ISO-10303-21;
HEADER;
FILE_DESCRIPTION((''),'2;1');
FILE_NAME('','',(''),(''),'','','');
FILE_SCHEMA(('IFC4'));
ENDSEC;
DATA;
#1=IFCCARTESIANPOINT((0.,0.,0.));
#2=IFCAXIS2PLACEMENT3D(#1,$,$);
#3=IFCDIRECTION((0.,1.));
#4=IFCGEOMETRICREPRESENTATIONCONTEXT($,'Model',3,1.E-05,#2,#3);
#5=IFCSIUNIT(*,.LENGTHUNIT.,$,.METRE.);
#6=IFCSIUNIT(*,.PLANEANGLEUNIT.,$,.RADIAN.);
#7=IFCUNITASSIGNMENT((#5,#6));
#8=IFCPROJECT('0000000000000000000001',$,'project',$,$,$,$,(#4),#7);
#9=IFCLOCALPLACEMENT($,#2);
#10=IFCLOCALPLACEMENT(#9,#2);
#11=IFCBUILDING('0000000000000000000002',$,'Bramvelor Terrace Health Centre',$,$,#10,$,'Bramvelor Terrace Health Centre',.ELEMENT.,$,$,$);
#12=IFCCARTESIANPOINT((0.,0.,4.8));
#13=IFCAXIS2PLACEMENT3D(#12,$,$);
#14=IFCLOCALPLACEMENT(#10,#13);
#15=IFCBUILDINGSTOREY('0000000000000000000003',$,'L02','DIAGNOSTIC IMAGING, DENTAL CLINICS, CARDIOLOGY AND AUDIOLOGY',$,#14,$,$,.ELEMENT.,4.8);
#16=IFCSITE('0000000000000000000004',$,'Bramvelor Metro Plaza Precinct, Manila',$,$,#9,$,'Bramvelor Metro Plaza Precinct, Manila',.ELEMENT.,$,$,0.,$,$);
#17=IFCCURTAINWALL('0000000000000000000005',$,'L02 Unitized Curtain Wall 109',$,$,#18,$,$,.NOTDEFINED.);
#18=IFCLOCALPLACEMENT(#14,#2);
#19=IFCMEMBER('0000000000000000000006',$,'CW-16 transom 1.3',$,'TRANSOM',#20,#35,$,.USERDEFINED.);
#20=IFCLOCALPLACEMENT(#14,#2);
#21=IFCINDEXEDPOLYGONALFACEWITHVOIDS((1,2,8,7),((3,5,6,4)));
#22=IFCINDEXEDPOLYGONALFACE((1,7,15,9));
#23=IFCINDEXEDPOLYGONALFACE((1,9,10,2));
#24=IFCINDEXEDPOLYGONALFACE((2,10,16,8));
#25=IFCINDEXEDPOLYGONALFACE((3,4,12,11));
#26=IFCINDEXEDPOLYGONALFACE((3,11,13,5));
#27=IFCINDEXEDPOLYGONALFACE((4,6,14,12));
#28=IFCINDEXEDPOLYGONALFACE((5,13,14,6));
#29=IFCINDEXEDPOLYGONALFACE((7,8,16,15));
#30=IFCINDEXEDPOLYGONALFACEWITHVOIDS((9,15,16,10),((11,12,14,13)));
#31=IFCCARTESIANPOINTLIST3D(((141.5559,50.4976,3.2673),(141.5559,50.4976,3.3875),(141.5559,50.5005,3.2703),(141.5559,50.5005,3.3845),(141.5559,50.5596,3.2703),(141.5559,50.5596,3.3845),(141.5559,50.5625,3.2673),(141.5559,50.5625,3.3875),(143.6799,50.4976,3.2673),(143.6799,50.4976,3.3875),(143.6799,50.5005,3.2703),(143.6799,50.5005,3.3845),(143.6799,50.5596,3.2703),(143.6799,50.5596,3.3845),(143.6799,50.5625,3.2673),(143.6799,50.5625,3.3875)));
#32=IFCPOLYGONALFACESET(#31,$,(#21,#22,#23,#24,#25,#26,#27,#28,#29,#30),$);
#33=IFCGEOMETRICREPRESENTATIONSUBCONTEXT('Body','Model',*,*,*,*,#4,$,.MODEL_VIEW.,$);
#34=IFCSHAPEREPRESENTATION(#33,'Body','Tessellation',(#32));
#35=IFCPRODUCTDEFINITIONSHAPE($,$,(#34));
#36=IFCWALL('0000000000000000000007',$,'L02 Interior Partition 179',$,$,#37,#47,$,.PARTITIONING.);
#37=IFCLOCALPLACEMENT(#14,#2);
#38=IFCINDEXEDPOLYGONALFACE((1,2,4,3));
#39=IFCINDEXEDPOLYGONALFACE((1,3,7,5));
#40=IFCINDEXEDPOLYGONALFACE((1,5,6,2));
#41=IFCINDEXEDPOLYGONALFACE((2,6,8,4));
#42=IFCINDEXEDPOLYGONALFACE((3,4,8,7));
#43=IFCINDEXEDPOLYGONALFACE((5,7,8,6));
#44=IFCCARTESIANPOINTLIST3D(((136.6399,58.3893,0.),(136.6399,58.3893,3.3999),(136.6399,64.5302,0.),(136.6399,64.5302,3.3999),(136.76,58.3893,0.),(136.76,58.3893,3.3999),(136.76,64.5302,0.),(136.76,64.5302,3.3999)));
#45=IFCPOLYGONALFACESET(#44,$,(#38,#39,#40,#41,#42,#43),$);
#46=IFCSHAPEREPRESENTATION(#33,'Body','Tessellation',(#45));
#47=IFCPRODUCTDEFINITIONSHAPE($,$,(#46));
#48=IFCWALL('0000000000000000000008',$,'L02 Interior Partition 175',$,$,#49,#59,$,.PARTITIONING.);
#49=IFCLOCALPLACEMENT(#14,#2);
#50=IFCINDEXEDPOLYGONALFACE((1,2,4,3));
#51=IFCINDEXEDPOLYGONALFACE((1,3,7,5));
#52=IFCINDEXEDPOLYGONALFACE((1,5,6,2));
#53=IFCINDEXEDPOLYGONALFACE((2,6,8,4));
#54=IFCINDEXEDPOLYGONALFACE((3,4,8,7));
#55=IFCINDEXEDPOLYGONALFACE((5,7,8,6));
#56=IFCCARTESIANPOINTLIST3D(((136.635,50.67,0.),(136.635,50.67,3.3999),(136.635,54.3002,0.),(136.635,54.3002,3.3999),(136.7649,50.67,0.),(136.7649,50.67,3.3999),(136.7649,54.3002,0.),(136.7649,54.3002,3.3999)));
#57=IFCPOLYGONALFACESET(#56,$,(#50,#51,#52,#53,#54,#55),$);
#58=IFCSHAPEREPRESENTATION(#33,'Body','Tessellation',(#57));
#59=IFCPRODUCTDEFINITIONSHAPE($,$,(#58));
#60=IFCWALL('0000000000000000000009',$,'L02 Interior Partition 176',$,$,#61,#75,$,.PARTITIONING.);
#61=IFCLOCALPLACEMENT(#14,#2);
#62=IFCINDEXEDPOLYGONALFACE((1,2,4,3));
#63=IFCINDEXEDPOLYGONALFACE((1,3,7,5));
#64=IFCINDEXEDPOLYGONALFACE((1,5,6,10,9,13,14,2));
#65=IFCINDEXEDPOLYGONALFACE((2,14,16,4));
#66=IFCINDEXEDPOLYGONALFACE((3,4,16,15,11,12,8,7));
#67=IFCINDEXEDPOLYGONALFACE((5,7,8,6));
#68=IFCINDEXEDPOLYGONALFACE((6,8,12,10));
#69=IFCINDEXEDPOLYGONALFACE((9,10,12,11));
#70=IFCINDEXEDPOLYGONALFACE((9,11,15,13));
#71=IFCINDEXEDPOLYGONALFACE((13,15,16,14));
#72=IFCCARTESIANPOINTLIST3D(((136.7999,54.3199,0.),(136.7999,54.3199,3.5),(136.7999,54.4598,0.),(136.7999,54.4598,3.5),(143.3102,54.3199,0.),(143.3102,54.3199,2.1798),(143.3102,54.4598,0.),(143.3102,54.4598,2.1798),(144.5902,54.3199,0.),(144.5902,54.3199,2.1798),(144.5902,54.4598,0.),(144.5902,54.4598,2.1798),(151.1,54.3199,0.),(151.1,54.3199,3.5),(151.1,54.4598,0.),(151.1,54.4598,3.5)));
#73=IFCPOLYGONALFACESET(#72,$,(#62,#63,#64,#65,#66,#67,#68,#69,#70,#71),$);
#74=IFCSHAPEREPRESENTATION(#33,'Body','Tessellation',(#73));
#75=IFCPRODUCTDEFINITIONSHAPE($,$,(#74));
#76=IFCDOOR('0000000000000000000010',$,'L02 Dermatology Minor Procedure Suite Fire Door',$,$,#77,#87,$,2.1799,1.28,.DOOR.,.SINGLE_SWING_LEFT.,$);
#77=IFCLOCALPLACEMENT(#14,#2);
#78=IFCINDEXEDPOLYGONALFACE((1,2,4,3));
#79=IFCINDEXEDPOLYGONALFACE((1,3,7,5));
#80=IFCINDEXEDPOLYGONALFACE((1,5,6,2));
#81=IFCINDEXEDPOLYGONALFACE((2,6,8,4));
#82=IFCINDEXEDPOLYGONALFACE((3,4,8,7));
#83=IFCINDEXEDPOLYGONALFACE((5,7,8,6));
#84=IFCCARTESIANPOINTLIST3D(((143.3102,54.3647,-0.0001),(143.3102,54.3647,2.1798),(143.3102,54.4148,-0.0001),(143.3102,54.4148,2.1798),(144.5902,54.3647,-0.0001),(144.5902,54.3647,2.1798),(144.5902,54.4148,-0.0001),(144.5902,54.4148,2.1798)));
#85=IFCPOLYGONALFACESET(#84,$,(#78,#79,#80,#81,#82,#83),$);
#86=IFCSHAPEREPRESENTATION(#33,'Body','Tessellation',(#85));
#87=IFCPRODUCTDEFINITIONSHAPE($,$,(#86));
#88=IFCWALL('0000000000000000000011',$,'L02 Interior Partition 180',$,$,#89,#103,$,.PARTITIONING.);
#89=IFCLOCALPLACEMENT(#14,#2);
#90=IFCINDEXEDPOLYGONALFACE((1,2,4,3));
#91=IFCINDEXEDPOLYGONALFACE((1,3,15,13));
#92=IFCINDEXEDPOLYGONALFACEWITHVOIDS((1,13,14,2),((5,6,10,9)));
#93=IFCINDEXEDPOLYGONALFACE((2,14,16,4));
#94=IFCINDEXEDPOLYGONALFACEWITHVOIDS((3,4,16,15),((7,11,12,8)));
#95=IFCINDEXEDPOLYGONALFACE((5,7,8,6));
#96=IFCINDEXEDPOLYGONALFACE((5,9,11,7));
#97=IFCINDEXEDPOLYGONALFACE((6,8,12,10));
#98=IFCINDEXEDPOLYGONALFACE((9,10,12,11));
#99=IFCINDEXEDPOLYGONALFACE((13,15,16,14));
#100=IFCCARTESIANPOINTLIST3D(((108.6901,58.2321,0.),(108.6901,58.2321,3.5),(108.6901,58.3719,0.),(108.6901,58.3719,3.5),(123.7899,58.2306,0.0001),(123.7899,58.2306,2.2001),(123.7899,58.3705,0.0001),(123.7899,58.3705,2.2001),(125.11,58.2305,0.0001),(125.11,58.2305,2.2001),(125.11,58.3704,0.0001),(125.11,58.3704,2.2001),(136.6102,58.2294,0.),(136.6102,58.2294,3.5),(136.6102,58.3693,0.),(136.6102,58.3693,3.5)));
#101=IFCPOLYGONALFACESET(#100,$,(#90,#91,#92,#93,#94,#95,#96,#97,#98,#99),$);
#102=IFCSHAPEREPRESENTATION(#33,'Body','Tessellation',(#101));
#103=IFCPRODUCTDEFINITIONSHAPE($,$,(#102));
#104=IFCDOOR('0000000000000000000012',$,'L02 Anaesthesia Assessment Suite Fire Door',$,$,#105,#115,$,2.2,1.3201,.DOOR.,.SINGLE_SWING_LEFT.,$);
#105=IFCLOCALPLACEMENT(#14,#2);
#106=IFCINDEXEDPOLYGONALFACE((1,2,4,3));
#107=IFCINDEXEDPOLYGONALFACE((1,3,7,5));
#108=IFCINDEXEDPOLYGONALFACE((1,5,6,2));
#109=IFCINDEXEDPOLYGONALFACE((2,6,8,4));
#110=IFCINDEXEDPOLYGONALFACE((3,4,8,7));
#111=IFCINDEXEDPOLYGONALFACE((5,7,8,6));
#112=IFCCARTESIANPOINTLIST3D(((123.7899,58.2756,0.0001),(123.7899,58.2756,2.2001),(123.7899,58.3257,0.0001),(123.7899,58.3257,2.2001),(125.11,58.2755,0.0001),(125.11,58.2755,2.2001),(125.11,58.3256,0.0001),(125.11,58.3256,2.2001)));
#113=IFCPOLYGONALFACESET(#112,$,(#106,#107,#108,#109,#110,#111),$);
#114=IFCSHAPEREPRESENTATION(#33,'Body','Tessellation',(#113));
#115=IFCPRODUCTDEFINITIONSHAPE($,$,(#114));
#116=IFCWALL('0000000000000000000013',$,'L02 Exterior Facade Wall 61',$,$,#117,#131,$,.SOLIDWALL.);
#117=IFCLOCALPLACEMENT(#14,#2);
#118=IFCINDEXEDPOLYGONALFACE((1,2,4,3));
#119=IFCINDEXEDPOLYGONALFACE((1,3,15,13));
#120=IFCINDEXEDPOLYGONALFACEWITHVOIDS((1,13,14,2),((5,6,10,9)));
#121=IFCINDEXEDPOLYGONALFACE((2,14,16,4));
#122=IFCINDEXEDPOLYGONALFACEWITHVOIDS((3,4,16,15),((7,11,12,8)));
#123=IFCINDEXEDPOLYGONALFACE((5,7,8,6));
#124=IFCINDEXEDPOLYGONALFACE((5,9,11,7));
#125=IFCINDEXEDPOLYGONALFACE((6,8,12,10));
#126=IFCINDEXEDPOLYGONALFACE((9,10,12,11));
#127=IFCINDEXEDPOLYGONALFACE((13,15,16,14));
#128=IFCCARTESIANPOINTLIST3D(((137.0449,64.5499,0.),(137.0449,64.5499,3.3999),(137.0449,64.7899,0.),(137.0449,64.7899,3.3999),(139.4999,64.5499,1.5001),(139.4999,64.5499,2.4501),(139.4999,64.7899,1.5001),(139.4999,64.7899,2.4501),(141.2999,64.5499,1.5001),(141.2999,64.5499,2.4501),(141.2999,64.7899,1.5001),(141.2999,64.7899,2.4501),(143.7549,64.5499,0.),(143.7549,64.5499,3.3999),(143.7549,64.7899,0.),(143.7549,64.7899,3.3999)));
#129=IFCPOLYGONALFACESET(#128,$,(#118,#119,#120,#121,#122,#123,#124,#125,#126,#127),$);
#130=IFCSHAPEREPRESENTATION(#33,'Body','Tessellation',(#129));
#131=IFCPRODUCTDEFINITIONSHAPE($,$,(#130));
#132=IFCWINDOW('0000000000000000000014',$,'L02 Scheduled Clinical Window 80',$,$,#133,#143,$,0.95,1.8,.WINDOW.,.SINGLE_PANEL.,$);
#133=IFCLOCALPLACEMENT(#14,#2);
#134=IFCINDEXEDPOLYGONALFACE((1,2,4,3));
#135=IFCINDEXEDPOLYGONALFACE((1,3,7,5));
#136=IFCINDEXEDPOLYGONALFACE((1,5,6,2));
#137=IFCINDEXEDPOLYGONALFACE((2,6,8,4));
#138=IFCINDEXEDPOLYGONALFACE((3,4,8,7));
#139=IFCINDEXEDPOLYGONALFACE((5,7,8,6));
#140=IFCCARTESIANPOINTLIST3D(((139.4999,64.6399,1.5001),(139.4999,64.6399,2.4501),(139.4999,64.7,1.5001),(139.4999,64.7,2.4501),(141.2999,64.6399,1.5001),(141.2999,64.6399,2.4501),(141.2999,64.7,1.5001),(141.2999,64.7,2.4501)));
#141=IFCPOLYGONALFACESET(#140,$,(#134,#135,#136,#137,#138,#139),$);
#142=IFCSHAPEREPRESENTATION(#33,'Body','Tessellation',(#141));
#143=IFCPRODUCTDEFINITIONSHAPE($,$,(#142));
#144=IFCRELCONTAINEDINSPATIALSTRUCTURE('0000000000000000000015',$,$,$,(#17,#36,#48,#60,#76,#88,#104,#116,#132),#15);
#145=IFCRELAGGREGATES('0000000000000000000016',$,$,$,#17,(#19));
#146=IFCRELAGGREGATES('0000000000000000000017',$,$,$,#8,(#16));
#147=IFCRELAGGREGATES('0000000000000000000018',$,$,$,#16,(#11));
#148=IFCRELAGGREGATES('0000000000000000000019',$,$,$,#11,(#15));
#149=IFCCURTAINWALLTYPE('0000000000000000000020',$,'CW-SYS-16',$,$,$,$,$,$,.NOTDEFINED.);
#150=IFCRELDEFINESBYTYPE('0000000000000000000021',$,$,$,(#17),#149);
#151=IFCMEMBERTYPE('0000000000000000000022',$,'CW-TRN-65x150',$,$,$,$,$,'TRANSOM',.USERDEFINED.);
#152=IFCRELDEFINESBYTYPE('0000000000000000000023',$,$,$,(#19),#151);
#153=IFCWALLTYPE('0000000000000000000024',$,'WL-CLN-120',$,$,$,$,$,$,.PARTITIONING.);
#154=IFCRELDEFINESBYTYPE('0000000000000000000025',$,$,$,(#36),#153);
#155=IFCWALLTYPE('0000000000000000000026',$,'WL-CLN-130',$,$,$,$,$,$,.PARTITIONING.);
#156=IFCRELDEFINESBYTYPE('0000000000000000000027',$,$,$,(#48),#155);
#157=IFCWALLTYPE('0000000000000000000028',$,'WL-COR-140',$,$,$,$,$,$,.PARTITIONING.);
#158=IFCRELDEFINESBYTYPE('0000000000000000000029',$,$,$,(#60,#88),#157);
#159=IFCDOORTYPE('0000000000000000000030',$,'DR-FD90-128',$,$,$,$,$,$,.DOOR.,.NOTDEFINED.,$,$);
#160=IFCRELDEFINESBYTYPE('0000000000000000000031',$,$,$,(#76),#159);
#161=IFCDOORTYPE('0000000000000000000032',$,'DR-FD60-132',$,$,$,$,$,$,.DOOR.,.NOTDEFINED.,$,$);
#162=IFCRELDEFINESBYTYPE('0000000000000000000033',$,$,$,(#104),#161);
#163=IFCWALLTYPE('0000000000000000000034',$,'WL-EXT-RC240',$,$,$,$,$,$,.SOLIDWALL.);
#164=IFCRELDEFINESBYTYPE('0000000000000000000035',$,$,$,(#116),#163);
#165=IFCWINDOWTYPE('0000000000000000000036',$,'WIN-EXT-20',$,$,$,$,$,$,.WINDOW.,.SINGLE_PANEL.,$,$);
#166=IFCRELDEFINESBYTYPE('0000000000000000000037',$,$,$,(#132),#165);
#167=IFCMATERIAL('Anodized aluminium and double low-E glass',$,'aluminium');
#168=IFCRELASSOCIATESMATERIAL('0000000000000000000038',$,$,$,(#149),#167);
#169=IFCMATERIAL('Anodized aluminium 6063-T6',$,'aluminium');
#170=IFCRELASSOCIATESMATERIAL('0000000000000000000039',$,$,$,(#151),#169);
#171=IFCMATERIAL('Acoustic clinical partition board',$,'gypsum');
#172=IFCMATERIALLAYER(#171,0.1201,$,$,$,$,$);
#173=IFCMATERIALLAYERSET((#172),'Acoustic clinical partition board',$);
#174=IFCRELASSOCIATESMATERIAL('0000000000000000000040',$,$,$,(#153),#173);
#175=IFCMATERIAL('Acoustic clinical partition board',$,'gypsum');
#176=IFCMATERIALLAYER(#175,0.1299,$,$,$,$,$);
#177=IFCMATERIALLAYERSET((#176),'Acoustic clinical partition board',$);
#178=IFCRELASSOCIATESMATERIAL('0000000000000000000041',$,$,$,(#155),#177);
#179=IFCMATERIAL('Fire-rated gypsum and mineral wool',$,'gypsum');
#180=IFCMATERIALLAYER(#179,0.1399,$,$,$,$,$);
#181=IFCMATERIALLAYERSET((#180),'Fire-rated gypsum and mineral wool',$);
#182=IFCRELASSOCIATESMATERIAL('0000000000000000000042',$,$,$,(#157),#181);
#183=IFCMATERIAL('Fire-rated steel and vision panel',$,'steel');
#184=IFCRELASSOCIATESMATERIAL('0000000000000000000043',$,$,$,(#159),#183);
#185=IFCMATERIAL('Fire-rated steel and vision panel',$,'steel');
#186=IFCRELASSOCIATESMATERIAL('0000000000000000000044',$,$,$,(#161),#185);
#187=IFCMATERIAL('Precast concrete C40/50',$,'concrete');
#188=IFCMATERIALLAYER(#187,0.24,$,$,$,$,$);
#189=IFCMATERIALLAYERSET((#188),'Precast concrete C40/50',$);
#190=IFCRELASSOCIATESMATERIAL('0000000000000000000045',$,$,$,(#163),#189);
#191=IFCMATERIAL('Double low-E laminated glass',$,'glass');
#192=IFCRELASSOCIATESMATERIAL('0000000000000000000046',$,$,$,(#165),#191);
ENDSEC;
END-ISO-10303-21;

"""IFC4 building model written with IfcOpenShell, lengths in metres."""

from ifc_helpers import new_model, si_unit, direction, frame, frame_2d, origin, origin_2d, place, context, subcontext, project, spatial, rectangle, hollow_rectangle, extrude, material, layer, layer_set, material_profile, profile_set, type_object, element, fill, aggregate, save


model = new_model("IFC4")

# Units and contexts
model_context = context("Model", 3, precision=1e-05, world=origin(), true_north=direction((0.0, 1.0)))
body_context = subcontext(model_context, "Body", "Model", "MODEL_VIEW")
ifc_project = project(units=[si_unit("LENGTHUNIT", "METRE"), si_unit("PLANEANGLEUNIT", "RADIAN")], contexts=[model_context])

# Site, building, storey
site_placement = place(None, origin())
site = spatial("IfcSite", under=ifc_project, at=site_placement, Name="Bramvelor Metro Plaza Precinct, Manila", LongName="Bramvelor Metro Plaza Precinct, Manila", CompositionType="ELEMENT", RefElevation=0.0)
building_placement = place(site_placement, origin())
building = spatial("IfcBuilding", under=site, at=building_placement, Name="Bramvelor Terrace Health Centre", LongName="Bramvelor Terrace Health Centre", CompositionType="ELEMENT")
storey_placement = place(building_placement, frame((0.0, 0.0, 4.8)))
storey = spatial("IfcBuildingStorey", under=building, at=storey_placement, Name="L02", Description="DIAGNOSTIC IMAGING, DENTAL CLINICS, CARDIOLOGY AND AUDIOLOGY", CompositionType="ELEMENT", Elevation=4.8)

# Curtain wall, member
ifc_material_1 = material(Name="Anodized aluminium and double low-E glass", Category="aluminium")
curtain_wall_type = type_object("IfcCurtainWallType", Name="CW-SYS-16", PredefinedType="NOTDEFINED", material=ifc_material_1)
curtain_wall_placement = place(storey_placement, origin())
curtain_wall = element("IfcCurtainWall", 1, at=curtain_wall_placement, inside=storey, type_object=curtain_wall_type, Name="L02 Unitized Curtain Wall 109", PredefinedType="NOTDEFINED")
ifc_material_2 = material(Name="Anodized aluminium 6063-T6", Category="aluminium")
ifc_material_profile_1 = material_profile(ifc_material_2, hollow_rectangle(XDim=0.0649, YDim=0.1201, WallThickness=0.0029, at=origin_2d()), Name="ALU-TRN 65x120x3.0")
ifc_profile_set_1 = profile_set([ifc_material_profile_1], Name="Anodized aluminium 6063-T6")
member_type_1 = type_object("IfcMemberType", Name="CW-TRN-65x150", ElementType="TRANSOM", PredefinedType="USERDEFINED", material=ifc_profile_set_1)
member_1_placement = place(storey_placement, frame((143.6799, 50.53, 3.3274), z_axis=(-1.0, 0.0, 0.0), x_axis=(0.0, -1.0, 0.0)))
member_1 = element("IfcMember", 2, at=member_1_placement, type_object=member_type_1, Name="CW-16 transom 1.3", ObjectType="TRANSOM", PredefinedType="USERDEFINED", context=body_context, shape_type="SweptSolid", body=[
    extrude(hollow_rectangle(XDim=0.0649, YDim=0.1201, WallThickness=0.0029, at=origin_2d()), origin(), (0.0, 0.0, 1.0), 2.124),
])
aggregate(curtain_wall, [member_1])

# Walls
ifc_material_3 = material(Name="Acoustic clinical partition board", Category="gypsum")
ifc_layer_1 = layer(ifc_material_3, 0.1201)
ifc_layer_set_1 = layer_set([ifc_layer_1], Name="Acoustic clinical partition board")
wall_type_1 = type_object("IfcWallType", Name="WL-CLN-120", PredefinedType="PARTITIONING", material=ifc_layer_set_1)
wall_1_placement = place(storey_placement, frame((136.7, 64.53, 0.0), z_axis=(0.0, 0.0, 1.0), x_axis=(0.0, -1.0, 0.0)))
element("IfcWall", 3, at=wall_1_placement, inside=storey, type_object=wall_type_1, Name="L02 Interior Partition 179", PredefinedType="PARTITIONING", context=body_context, shape_type="SweptSolid", body=[
    extrude(rectangle(XDim=6.1409, YDim=0.1201, at=frame_2d((3.0703, 0.0))), origin(), (0.0, 0.0, 1.0), 3.3999),
])
ifc_material_4 = material(Name="Acoustic clinical partition board", Category="gypsum")
ifc_layer_2 = layer(ifc_material_4, 0.1299)
ifc_layer_set_2 = layer_set([ifc_layer_2], Name="Acoustic clinical partition board")
wall_type_2 = type_object("IfcWallType", Name="WL-CLN-130", PredefinedType="PARTITIONING", material=ifc_layer_set_2)
wall_2_placement = place(storey_placement, frame((136.7, 54.3, 0.0), z_axis=(0.0, 0.0, 1.0), x_axis=(0.0, -1.0, 0.0)))
element("IfcWall", 4, at=wall_2_placement, inside=storey, type_object=wall_type_2, Name="L02 Interior Partition 175", PredefinedType="PARTITIONING", context=body_context, shape_type="SweptSolid", body=[
    extrude(rectangle(XDim=3.6301, YDim=0.1299, at=frame_2d((1.8149, 0.0))), origin(), (0.0, 0.0, 1.0), 3.3999),
])

# Walls, openings, doors
ifc_material_5 = material(Name="Fire-rated gypsum and mineral wool", Category="gypsum")
ifc_layer_3 = layer(ifc_material_5, 0.1399)
ifc_layer_set_3 = layer_set([ifc_layer_3], Name="Fire-rated gypsum and mineral wool")
wall_type_3 = type_object("IfcWallType", Name="WL-COR-140", PredefinedType="PARTITIONING", material=ifc_layer_set_3)
wall_3_placement = place(storey_placement, frame((136.8, 54.3899, 0.0), z_axis=(0.0, 0.0, 1.0), x_axis=(1.0, 0.0, 0.0)))
wall_3 = element("IfcWall", 5, at=wall_3_placement, inside=storey, type_object=wall_type_3, Name="L02 Interior Partition 176", PredefinedType="PARTITIONING", context=body_context, shape_type="SweptSolid", body=[
    extrude(rectangle(XDim=14.3, YDim=0.1399, at=frame_2d((7.1499, 0.0))), origin(), (0.0, 0.0, 1.0), 3.5),
])
opening_1_placement = place(wall_3_placement, frame((6.51, 0.0, 0.0)))
opening_1 = element("IfcOpeningElement", 6, at=opening_1_placement, cuts=wall_3, PredefinedType="OPENING", context=body_context, shape_type="SweptSolid", body=[
    extrude(rectangle(XDim=1.28, YDim=2.1799, at=frame_2d((0.6401, 1.0898))), frame((0.0, 0.0798, 0.0), z_axis=(0.0, -1.0, 0.0), x_axis=(1.0, 0.0, 0.0)), (0.0, 0.0, 1.0), 0.1599),
])
ifc_material_6 = material(Name="Fire-rated steel and vision panel", Category="steel")
door_type_1 = type_object("IfcDoorType", Name="DR-FD90-128", OperationType="NOTDEFINED", PredefinedType="DOOR", material=ifc_material_6)
door_1_placement = place(opening_1_placement, origin())
door_1 = element("IfcDoor", 7, at=door_1_placement, inside=storey, type_object=door_type_1, Name="L02 Dermatology Minor Procedure Suite Fire Door", OperationType="SINGLE_SWING_LEFT", OverallHeight=2.1799, OverallWidth=1.28, PredefinedType="DOOR", context=body_context, shape_type="SweptSolid", body=[
    extrude(rectangle(XDim=1.28, YDim=2.1799, at=frame_2d((0.6401, 1.0898))), frame((0.0, 0.0249, 0.0), z_axis=(0.0, -1.0, 0.0), x_axis=(1.0, 0.0, 0.0)), (0.0, 0.0, 1.0), 0.05),
])
fill(opening_1, door_1)
wall_4_placement = place(storey_placement, frame((136.6101, 58.2993, 0.0), z_axis=(0.0, 0.0, 1.0), x_axis=(-1.0, 0.000096, 0.0)))
wall_4 = element("IfcWall", 8, at=wall_4_placement, inside=storey, type_object=wall_type_3, Name="L02 Interior Partition 180", PredefinedType="PARTITIONING", context=body_context, shape_type="SweptSolid", body=[
    extrude(rectangle(XDim=27.9202, YDim=0.1399, at=frame_2d((13.96, 0.0))), origin(), (0.0, 0.0, 1.0), 3.5),
])
opening_2_placement = place(wall_4_placement, frame((11.5, 0.0, 0.0)))
opening_2 = element("IfcOpeningElement", 9, at=opening_2_placement, cuts=wall_4, PredefinedType="OPENING", context=body_context, shape_type="SweptSolid", body=[
    extrude(rectangle(XDim=1.3201, YDim=2.2, at=frame_2d((0.6602, 1.1001))), frame((0.0, 0.0798, 0.0), z_axis=(0.0, -1.0, 0.0), x_axis=(1.0, 0.0, 0.0)), (0.0, 0.0, 1.0), 0.1599),
])
ifc_material_7 = material(Name="Fire-rated steel and vision panel", Category="steel")
door_type_2 = type_object("IfcDoorType", Name="DR-FD60-132", OperationType="NOTDEFINED", PredefinedType="DOOR", material=ifc_material_7)
door_2_placement = place(opening_2_placement, origin())
door_2 = element("IfcDoor", 10, at=door_2_placement, inside=storey, type_object=door_type_2, Name="L02 Anaesthesia Assessment Suite Fire Door", OperationType="SINGLE_SWING_LEFT", OverallHeight=2.2, OverallWidth=1.3201, PredefinedType="DOOR", context=body_context, shape_type="SweptSolid", body=[
    extrude(rectangle(XDim=1.3201, YDim=2.2, at=frame_2d((0.6602, 1.1001))), frame((0.0, 0.0249, 0.0), z_axis=(0.0, -1.0, 0.0), x_axis=(1.0, 0.0, 0.0)), (0.0, 0.0, 1.0), 0.05),
])
fill(opening_2, door_2)

# Wall, opening, window
ifc_material_8 = material(Name="Precast concrete C40/50", Category="concrete")
ifc_layer_4 = layer(ifc_material_8, 0.24)
ifc_layer_set_4 = layer_set([ifc_layer_4], Name="Precast concrete C40/50")
wall_type_4 = type_object("IfcWallType", Name="WL-EXT-RC240", PredefinedType="SOLIDWALL", material=ifc_layer_set_4)
wall_5_placement = place(storey_placement, frame((137.0449, 64.6699, 0.0), z_axis=(0.0, 0.0, 1.0), x_axis=(1.0, 0.0, 0.0)))
wall_5 = element("IfcWall", 11, at=wall_5_placement, inside=storey, type_object=wall_type_4, Name="L02 Exterior Facade Wall 61", PredefinedType="SOLIDWALL", context=body_context, shape_type="SweptSolid", body=[
    extrude(rectangle(XDim=6.71, YDim=0.24, at=frame_2d((3.355, 0.0))), origin(), (0.0, 0.0, 1.0), 3.3999),
])
opening_3_placement = place(wall_5_placement, frame((2.4551, 0.0, 1.5)))
opening_3 = element("IfcOpeningElement", 12, at=opening_3_placement, cuts=wall_5, PredefinedType="OPENING", context=body_context, shape_type="SweptSolid", body=[
    extrude(rectangle(XDim=1.8, YDim=0.95, at=frame_2d((0.8999, 0.4751))), frame((0.0, 0.1299, 0.0), z_axis=(0.0, -1.0, 0.0), x_axis=(1.0, 0.0, 0.0)), (0.0, 0.0, 1.0), 0.26),
])
ifc_material_9 = material(Name="Double low-E laminated glass", Category="glass")
window_type = type_object("IfcWindowType", Name="WIN-EXT-20", PartitioningType="SINGLE_PANEL", PredefinedType="WINDOW", material=ifc_material_9)
window_placement = place(opening_3_placement, origin())
window = element("IfcWindow", 13, at=window_placement, inside=storey, type_object=window_type, Name="L02 Scheduled Clinical Window 80", OverallHeight=0.95, OverallWidth=1.8, PartitioningType="SINGLE_PANEL", PredefinedType="WINDOW", context=body_context, shape_type="SweptSolid", body=[
    extrude(rectangle(XDim=1.8, YDim=0.95, at=frame_2d((0.8999, 0.4751))), frame((0.0, 0.03, 0.0), z_axis=(0.0, -1.0, 0.0), x_axis=(1.0, 0.0, 0.0)), (0.0, 0.0, 1.0), 0.0601),
])
fill(opening_3, window)

save(model, "model.ifc")
